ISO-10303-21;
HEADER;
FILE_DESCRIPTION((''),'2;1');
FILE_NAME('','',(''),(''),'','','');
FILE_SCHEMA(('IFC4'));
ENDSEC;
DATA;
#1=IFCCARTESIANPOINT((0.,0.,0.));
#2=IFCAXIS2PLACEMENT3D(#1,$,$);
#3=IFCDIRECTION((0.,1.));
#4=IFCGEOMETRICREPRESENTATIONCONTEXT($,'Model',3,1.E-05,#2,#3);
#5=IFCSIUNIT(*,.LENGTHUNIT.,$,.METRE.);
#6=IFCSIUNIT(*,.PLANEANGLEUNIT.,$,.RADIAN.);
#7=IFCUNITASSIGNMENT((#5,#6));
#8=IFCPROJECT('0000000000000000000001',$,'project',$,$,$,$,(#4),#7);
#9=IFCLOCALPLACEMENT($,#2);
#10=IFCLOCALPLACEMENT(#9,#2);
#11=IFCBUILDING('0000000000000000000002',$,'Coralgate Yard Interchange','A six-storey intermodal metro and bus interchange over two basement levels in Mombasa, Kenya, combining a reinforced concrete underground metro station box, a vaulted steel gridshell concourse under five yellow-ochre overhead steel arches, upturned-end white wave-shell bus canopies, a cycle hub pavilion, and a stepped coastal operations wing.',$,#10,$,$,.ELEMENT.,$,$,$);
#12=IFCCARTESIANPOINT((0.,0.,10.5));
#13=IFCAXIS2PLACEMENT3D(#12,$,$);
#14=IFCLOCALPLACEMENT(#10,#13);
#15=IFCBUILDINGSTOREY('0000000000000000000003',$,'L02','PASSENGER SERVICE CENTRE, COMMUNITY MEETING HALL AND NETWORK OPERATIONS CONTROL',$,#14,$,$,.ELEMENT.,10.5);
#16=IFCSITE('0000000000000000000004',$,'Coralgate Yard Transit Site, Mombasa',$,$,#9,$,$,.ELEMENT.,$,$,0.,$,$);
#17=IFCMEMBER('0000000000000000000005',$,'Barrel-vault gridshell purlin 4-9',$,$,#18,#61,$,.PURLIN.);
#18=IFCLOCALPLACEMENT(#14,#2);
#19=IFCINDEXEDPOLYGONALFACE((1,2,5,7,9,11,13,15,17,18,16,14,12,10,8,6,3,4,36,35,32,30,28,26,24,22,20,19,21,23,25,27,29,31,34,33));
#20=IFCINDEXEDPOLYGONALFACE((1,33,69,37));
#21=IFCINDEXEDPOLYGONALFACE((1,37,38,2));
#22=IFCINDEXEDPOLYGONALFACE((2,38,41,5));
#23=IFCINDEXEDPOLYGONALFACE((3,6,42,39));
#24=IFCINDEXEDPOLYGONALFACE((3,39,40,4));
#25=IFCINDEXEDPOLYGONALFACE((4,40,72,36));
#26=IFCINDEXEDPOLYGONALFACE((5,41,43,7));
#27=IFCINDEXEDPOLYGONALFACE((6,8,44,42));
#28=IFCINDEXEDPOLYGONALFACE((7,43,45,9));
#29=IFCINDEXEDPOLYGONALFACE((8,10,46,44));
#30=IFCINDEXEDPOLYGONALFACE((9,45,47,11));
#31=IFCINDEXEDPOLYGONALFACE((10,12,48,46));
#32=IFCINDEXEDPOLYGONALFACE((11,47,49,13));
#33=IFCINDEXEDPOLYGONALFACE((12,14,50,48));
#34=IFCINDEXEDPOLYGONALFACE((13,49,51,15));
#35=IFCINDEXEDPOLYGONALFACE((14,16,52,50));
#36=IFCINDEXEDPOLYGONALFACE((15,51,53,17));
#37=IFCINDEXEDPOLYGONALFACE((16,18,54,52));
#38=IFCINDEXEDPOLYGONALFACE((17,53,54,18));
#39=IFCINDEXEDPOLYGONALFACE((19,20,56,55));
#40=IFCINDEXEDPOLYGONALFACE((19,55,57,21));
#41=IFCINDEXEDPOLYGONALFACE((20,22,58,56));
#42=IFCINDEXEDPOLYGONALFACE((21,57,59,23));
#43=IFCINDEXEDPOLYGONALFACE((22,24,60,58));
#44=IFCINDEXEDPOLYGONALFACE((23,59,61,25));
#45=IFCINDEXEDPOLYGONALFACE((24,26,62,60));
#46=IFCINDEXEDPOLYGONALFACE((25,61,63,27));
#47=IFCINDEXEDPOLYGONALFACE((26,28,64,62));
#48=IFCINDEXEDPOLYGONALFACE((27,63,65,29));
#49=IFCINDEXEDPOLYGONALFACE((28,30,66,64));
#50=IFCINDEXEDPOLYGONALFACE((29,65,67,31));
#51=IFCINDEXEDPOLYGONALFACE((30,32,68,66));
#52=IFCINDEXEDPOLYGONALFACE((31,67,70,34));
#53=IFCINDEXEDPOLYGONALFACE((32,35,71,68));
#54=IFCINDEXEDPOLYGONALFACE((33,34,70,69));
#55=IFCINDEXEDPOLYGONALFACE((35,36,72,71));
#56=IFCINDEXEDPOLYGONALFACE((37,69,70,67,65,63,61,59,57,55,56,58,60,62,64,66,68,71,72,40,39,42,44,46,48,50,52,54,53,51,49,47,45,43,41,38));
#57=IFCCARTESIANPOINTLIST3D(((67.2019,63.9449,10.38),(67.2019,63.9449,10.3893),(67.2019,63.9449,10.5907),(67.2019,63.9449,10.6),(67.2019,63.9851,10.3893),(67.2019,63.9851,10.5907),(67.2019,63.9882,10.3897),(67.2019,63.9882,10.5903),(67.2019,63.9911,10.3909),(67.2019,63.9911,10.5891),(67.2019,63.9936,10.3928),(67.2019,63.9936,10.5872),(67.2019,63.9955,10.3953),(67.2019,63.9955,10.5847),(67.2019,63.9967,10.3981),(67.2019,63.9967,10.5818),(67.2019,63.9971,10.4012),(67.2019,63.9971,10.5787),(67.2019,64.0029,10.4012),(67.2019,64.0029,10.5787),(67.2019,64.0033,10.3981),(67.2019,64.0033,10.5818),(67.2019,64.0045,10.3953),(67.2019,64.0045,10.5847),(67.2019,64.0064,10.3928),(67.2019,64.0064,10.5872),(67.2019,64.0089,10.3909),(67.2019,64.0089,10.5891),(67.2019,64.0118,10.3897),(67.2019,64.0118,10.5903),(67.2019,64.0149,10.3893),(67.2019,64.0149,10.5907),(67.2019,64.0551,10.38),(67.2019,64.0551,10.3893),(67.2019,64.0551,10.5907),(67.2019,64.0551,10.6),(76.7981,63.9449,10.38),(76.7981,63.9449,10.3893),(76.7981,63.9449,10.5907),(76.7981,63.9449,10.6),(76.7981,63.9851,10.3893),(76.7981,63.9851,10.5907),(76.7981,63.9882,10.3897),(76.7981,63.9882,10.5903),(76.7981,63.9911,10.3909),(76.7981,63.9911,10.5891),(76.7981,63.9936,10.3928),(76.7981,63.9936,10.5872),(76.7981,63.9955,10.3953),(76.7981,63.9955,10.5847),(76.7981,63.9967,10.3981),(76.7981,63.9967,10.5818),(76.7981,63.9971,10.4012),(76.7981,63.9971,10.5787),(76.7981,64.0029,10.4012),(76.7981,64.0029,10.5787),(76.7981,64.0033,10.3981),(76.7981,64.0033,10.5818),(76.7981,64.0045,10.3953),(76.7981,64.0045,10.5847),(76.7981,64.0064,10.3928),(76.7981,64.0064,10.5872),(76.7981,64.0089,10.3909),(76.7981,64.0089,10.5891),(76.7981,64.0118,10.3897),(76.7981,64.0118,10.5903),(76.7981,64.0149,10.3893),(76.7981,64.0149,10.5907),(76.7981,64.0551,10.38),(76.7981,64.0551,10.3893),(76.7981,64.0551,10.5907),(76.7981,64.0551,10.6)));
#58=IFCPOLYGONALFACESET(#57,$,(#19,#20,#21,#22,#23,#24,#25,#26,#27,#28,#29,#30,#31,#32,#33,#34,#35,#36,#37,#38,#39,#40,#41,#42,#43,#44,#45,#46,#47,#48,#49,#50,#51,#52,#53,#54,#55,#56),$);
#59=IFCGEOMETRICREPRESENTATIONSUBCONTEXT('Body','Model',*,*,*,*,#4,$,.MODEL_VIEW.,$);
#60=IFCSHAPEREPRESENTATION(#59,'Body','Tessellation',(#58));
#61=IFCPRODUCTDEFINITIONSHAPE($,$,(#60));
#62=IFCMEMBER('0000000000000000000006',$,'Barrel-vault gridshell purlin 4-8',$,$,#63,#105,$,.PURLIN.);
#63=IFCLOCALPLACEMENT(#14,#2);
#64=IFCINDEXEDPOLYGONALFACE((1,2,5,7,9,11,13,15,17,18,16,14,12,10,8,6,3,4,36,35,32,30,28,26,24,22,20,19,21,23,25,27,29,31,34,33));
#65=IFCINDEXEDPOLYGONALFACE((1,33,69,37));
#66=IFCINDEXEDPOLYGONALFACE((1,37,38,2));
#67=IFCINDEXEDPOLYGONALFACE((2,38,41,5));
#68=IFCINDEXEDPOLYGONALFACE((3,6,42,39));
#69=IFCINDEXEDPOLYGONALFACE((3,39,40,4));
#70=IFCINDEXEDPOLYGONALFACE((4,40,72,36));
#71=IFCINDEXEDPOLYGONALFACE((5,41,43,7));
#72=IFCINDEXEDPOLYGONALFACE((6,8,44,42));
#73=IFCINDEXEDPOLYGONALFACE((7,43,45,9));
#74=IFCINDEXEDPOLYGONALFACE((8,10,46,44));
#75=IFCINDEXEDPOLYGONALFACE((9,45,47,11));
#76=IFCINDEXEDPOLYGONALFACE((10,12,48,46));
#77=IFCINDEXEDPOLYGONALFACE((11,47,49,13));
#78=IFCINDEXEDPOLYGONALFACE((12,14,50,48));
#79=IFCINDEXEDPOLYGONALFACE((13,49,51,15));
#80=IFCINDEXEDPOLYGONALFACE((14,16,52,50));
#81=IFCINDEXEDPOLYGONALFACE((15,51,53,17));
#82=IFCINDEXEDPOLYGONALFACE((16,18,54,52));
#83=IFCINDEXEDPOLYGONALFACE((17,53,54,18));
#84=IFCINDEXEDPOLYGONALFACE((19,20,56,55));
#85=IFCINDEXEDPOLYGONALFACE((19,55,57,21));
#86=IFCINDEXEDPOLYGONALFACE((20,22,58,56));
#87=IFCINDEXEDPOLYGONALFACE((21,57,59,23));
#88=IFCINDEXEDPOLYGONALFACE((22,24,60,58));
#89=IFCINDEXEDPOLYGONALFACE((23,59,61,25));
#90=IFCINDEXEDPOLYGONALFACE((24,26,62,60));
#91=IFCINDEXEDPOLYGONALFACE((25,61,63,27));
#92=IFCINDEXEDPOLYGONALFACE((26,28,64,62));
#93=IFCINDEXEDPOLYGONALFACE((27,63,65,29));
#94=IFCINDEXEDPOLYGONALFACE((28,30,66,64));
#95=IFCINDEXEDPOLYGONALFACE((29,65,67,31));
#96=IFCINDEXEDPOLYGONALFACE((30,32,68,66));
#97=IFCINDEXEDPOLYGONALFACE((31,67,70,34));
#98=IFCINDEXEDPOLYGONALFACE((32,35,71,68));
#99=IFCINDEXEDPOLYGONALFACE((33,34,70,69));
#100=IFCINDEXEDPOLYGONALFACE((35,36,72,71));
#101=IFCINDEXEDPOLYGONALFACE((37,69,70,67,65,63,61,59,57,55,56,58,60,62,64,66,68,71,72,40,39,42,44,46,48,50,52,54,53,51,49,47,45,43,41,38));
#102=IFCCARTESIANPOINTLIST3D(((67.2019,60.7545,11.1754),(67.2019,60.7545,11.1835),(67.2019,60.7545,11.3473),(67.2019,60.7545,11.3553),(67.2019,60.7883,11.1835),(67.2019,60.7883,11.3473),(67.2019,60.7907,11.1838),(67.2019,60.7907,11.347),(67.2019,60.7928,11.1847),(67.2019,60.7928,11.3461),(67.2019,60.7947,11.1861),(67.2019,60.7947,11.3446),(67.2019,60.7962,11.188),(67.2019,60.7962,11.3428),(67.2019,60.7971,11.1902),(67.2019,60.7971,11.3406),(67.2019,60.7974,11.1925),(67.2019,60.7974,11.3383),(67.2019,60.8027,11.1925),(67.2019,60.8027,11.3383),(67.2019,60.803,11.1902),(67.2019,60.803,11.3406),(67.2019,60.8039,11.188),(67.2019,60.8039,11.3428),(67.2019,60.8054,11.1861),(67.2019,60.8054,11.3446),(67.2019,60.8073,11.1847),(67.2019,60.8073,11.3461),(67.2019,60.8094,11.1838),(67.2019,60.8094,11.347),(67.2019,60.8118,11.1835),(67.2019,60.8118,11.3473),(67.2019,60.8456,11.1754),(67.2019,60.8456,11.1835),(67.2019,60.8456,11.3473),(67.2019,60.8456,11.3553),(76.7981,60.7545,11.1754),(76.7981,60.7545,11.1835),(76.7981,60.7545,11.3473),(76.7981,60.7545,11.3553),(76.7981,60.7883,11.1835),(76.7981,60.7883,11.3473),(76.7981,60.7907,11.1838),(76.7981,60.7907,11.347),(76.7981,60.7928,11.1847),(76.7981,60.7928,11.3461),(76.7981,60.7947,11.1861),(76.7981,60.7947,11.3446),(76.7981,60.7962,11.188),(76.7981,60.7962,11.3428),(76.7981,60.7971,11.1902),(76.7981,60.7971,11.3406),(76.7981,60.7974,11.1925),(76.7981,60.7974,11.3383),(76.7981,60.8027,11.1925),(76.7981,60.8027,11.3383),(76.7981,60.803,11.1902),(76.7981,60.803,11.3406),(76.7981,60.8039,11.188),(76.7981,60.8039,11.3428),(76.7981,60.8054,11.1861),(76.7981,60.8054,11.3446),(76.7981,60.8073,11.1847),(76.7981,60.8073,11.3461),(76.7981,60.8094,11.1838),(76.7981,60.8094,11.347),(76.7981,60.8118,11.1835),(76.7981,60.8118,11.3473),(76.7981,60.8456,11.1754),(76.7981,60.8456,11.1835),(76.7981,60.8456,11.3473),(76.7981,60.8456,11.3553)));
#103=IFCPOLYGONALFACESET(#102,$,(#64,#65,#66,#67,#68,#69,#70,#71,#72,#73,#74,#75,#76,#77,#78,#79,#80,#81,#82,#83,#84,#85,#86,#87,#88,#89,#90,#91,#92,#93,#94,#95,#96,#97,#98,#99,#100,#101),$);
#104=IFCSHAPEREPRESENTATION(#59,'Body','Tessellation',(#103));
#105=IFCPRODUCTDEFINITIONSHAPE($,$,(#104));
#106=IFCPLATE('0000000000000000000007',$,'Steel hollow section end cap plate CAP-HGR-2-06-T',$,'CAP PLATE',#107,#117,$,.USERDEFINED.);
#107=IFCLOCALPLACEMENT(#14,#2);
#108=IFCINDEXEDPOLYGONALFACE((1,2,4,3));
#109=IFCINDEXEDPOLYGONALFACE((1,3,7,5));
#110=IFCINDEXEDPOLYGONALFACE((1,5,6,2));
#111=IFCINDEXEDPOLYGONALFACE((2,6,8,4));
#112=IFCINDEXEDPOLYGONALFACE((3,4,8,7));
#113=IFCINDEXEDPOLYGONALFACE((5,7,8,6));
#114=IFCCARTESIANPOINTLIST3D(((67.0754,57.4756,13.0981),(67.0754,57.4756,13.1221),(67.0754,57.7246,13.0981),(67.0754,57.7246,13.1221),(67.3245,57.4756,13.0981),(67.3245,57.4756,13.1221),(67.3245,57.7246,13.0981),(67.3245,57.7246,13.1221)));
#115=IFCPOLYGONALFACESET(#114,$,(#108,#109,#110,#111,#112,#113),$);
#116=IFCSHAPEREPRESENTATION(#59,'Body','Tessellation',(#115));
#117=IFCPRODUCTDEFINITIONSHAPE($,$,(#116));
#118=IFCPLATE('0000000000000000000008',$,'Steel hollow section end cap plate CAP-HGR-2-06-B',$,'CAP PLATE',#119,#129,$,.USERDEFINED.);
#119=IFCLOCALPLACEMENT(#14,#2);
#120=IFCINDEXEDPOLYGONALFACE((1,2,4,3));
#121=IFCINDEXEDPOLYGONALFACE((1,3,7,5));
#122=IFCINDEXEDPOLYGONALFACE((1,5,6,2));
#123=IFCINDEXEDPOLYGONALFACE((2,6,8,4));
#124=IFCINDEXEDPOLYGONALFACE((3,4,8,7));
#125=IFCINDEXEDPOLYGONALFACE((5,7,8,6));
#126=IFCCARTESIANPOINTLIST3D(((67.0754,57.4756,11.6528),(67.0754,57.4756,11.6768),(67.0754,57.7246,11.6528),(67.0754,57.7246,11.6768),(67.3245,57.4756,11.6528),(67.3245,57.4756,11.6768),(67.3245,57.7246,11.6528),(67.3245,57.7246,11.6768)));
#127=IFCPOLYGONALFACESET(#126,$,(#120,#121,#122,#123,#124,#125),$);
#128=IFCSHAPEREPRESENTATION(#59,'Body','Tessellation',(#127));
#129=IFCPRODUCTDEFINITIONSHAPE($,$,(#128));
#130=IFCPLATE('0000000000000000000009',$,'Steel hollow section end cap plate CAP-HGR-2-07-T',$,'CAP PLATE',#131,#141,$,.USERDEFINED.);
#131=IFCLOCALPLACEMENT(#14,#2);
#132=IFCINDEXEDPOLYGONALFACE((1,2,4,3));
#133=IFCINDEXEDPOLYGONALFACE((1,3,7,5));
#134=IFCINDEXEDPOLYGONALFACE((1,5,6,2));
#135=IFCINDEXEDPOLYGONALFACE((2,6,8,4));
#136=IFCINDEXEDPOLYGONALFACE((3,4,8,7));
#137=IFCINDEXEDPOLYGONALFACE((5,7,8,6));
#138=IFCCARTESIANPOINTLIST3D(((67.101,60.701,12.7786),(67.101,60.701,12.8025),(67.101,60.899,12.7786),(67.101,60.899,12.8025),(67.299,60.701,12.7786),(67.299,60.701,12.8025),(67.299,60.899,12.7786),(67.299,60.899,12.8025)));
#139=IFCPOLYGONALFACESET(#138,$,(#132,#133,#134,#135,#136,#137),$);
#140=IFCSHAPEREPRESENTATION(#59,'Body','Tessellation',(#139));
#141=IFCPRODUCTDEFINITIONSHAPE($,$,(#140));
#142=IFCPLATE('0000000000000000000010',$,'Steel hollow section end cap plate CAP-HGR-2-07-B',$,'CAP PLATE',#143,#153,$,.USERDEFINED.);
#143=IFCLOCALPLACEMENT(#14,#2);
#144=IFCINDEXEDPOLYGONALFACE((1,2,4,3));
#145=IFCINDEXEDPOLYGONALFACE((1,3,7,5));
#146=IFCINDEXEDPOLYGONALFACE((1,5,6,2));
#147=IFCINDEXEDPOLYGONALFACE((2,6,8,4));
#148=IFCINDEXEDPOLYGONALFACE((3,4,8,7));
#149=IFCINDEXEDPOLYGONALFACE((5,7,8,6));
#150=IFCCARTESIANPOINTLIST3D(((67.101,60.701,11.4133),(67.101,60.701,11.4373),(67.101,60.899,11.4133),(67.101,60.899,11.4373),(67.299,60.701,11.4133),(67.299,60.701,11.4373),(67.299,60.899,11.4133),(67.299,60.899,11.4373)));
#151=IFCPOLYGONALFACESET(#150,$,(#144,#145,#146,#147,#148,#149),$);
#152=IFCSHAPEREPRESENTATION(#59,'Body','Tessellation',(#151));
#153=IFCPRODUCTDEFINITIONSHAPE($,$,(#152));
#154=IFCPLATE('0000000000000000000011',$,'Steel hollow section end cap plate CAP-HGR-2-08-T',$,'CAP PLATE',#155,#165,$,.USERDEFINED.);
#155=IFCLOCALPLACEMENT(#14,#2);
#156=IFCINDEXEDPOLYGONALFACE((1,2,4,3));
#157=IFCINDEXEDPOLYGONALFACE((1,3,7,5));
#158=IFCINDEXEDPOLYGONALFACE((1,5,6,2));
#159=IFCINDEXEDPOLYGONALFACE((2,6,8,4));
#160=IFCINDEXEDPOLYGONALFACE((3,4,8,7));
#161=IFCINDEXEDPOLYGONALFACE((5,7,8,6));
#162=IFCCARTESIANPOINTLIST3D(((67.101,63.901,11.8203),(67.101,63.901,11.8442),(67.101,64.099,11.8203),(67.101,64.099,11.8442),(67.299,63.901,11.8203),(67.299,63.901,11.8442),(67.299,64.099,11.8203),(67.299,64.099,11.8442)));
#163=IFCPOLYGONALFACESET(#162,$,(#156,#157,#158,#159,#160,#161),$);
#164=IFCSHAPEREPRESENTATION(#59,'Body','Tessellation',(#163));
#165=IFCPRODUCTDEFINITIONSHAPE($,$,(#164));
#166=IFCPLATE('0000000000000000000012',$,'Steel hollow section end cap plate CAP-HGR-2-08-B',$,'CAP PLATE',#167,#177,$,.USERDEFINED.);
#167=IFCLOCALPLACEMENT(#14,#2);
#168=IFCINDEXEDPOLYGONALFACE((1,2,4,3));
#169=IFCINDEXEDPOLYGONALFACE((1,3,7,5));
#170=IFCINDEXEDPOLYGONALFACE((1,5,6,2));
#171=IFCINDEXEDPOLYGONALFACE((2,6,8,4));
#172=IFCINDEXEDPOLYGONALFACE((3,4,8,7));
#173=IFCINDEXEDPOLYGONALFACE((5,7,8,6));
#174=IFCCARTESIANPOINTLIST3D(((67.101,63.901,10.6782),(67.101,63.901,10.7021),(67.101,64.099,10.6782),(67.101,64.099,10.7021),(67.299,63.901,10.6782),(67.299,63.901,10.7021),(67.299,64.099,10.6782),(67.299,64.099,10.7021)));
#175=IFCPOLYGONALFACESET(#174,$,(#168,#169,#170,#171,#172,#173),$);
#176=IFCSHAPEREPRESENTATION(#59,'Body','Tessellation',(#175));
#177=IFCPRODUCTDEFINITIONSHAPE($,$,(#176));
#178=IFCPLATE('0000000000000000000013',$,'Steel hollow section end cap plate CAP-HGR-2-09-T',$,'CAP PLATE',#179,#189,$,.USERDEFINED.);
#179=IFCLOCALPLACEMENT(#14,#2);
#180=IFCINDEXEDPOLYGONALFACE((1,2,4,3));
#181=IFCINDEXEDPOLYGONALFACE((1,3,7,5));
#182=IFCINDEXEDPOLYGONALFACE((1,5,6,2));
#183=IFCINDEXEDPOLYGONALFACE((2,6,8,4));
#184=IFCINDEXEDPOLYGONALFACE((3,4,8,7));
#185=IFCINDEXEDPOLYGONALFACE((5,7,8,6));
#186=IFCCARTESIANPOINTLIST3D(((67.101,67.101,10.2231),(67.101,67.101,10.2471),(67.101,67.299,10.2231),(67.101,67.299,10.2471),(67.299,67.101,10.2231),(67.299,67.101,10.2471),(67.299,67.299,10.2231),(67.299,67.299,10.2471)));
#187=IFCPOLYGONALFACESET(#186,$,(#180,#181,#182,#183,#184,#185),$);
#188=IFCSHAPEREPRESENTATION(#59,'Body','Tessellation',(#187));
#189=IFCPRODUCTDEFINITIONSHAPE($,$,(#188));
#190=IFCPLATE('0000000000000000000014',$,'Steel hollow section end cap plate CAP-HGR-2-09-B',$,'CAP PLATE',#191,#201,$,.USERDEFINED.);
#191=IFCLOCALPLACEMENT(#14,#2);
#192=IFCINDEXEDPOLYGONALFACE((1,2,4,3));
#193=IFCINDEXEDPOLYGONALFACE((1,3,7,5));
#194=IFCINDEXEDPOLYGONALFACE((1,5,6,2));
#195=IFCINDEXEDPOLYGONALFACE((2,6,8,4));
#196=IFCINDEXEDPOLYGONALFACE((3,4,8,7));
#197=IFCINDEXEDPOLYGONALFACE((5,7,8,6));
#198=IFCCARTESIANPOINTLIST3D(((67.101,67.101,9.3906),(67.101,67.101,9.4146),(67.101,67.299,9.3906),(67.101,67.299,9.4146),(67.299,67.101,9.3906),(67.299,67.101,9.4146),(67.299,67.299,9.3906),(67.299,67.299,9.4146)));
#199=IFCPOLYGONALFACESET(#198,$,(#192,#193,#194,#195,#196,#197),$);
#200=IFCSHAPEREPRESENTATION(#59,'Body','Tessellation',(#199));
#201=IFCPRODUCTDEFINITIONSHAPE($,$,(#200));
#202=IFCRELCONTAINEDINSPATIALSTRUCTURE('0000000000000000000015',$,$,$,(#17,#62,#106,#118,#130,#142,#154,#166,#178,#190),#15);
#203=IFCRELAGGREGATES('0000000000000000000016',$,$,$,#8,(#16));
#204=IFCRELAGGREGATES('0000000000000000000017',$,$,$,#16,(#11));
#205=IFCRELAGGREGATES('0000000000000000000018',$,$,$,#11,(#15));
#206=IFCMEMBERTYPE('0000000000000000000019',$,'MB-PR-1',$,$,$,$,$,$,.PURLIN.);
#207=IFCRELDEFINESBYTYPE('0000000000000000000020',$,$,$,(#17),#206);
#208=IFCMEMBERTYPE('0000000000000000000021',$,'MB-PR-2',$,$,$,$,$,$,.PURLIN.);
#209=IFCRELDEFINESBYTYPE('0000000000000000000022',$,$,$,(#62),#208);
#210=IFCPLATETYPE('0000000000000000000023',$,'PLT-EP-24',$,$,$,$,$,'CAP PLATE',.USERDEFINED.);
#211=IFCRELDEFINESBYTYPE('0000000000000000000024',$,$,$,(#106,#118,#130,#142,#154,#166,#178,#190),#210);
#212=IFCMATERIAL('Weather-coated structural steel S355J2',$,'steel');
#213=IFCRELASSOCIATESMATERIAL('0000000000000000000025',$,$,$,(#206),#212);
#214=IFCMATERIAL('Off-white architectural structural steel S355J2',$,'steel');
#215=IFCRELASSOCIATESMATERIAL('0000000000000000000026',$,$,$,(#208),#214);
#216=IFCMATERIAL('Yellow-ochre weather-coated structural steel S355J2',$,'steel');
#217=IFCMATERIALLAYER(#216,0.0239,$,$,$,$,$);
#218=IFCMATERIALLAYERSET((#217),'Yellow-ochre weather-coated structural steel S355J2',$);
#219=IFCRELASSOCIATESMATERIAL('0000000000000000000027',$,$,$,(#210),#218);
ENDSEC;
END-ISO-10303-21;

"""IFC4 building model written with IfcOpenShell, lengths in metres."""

from ifc_helpers import new_model, si_unit, direction, frame, origin, origin_2d, place, context, subcontext, project, spatial, rectangle, i_section, extrude, material, layer, layer_set, material_profile, profile_set, type_object, element, save


model = new_model("IFC4")

# Units and contexts
model_context = context("Model", 3, precision=1e-05, world=origin(), true_north=direction((0.0, 1.0)))
body_context = subcontext(model_context, "Body", "Model", "MODEL_VIEW")
ifc_project = project(units=[si_unit("LENGTHUNIT", "METRE"), si_unit("PLANEANGLEUNIT", "RADIAN")], contexts=[model_context])

# Site, building, storey
site_placement = place(None, origin())
site = spatial("IfcSite", under=ifc_project, at=site_placement, Name="Coralgate Yard Transit Site, Mombasa", CompositionType="ELEMENT", RefElevation=0.0)
building_placement = place(site_placement, origin())
building = spatial("IfcBuilding", under=site, at=building_placement, Name="Coralgate Yard Interchange", Description="A six-storey intermodal metro and bus interchange over two basement levels in Mombasa, Kenya, combining a reinforced concrete underground metro station box, a vaulted steel gridshell concourse under five yellow-ochre overhead steel arches, upturned-end white wave-shell bus canopies, a cycle hub pavilion, and a stepped coastal operations wing.", CompositionType="ELEMENT")
storey_placement = place(building_placement, frame((0.0, 0.0, 10.5)))
storey = spatial("IfcBuildingStorey", under=building, at=storey_placement, Name="L02", Description="PASSENGER SERVICE CENTRE, COMMUNITY MEETING HALL AND NETWORK OPERATIONS CONTROL", CompositionType="ELEMENT", Elevation=10.5)

# Shared definitions
ifc_material_1 = material(Name="Yellow-ochre weather-coated structural steel S355J2", Category="steel")
ifc_material_2 = material(Name="Weather-coated structural steel S355J2", Category="steel")

# Members
ifc_material_profile_1 = material_profile(ifc_material_2, i_section(OverallWidth=0.1101, OverallDepth=0.22, WebThickness=0.0059, FlangeThickness=0.0093, FilletRadius=0.012, at=origin_2d()), Name="IPE 220")
ifc_profile_set_1 = profile_set([ifc_material_profile_1], Name="Weather-coated structural steel S355J2")
member_type_1 = type_object("IfcMemberType", Name="MB-PR-1", PredefinedType="PURLIN", material=ifc_profile_set_1)
for number, where, z_axis, x_axis, name in (
    (1, (67.2019, 64.0, 10.49), (1.0, 0.0, 0.0), (0.0, 1.0, 0.0), "Barrel-vault gridshell purlin 4-9"),
):
    element("IfcMember", number, at=place(storey_placement, frame(where, z_axis=z_axis, x_axis=x_axis)), inside=storey, type_object=member_type_1, Name=name, PredefinedType="PURLIN", context=body_context, shape_type="SweptSolid", body=[
        extrude(i_section(OverallWidth=0.1101, OverallDepth=0.22, WebThickness=0.0059, FlangeThickness=0.0093, FilletRadius=0.012, at=origin_2d()), origin(), (0.0, 0.0, 1.0), 9.5962),
    ])
ifc_material_3 = material(Name="Off-white architectural structural steel S355J2", Category="steel")
ifc_material_profile_2 = material_profile(ifc_material_3, i_section(OverallWidth=0.0911, OverallDepth=0.1799, WebThickness=0.0054, FlangeThickness=0.0081, FilletRadius=0.009, at=origin_2d()), Name="IPE 180")
ifc_profile_set_2 = profile_set([ifc_material_profile_2], Name="Off-white architectural structural steel S355J2")
member_type_2 = type_object("IfcMemberType", Name="MB-PR-2", PredefinedType="PURLIN", material=ifc_profile_set_2)
member_1_placement = place(storey_placement, frame((67.2019, 60.8, 11.2654), z_axis=(1.0, 0.0, 0.0), x_axis=(0.0, 1.0, 0.0)))
element("IfcMember", 2, at=member_1_placement, inside=storey, type_object=member_type_2, Name="Barrel-vault gridshell purlin 4-8", PredefinedType="PURLIN", context=body_context, shape_type="SweptSolid", body=[
    extrude(i_section(OverallWidth=0.0911, OverallDepth=0.1799, WebThickness=0.0054, FlangeThickness=0.0081, FilletRadius=0.009, at=origin_2d()), origin(), (0.0, 0.0, 1.0), 9.5962),
])

# Plates
ifc_layer_1 = layer(ifc_material_1, 0.0239)
ifc_layer_set_1 = layer_set([ifc_layer_1], Name="Yellow-ochre weather-coated structural steel S355J2")
plate_type_1 = type_object("IfcPlateType", Name="PLT-EP-24", ElementType="CAP PLATE", PredefinedType="USERDEFINED", material=ifc_layer_set_1)
for number, where, z_axis, x_axis, name in (
    (3, (67.2, 57.6001, 13.0981), (0.0, 0.0, 1.0), (1.0, 0.0, 0.0), "Steel hollow section end cap plate CAP-HGR-2-06-T"),
    (4, (67.2, 57.6001, 11.6768), (0.0, 0.0, -1.0), (1.0, 0.0, 0.0), "Steel hollow section end cap plate CAP-HGR-2-06-B"),
):
    element("IfcPlate", number, at=place(storey_placement, frame(where, z_axis=z_axis, x_axis=x_axis)), inside=storey, type_object=plate_type_1, Name=name, ObjectType="CAP PLATE", PredefinedType="USERDEFINED", context=body_context, shape_type="SweptSolid", body=[
        extrude(rectangle(XDim=0.249, YDim=0.249, at=origin_2d()), origin(), (0.0, 0.0, 1.0), 0.0239),
    ])
for number, where, z_axis, x_axis, name in (
    (5, (67.2, 60.8, 12.7786), (0.0, 0.0, 1.0), (1.0, 0.0, 0.0), "Steel hollow section end cap plate CAP-HGR-2-07-T"),
    (6, (67.2, 60.8, 11.4373), (0.0, 0.0, -1.0), (1.0, 0.0, 0.0), "Steel hollow section end cap plate CAP-HGR-2-07-B"),
    (7, (67.2, 64.0, 11.8203), (0.0, 0.0, 1.0), (1.0, 0.0, 0.0), "Steel hollow section end cap plate CAP-HGR-2-08-T"),
    (8, (67.2, 64.0, 10.7021), (0.0, 0.0, -1.0), (1.0, 0.0, 0.0), "Steel hollow section end cap plate CAP-HGR-2-08-B"),
    (9, (67.2, 67.2, 10.2231), (0.0, 0.0, 1.0), (1.0, 0.0, 0.0), "Steel hollow section end cap plate CAP-HGR-2-09-T"),
    (10, (67.2, 67.2, 9.4146), (0.0, 0.0, -1.0), (1.0, 0.0, 0.0), "Steel hollow section end cap plate CAP-HGR-2-09-B"),
):
    element("IfcPlate", number, at=place(storey_placement, frame(where, z_axis=z_axis, x_axis=x_axis)), inside=storey, type_object=plate_type_1, Name=name, ObjectType="CAP PLATE", PredefinedType="USERDEFINED", context=body_context, shape_type="SweptSolid", body=[
        extrude(rectangle(XDim=0.198, YDim=0.198, at=origin_2d()), origin(), (0.0, 0.0, 1.0), 0.0239),
    ])

save(model, "model.ifc")
